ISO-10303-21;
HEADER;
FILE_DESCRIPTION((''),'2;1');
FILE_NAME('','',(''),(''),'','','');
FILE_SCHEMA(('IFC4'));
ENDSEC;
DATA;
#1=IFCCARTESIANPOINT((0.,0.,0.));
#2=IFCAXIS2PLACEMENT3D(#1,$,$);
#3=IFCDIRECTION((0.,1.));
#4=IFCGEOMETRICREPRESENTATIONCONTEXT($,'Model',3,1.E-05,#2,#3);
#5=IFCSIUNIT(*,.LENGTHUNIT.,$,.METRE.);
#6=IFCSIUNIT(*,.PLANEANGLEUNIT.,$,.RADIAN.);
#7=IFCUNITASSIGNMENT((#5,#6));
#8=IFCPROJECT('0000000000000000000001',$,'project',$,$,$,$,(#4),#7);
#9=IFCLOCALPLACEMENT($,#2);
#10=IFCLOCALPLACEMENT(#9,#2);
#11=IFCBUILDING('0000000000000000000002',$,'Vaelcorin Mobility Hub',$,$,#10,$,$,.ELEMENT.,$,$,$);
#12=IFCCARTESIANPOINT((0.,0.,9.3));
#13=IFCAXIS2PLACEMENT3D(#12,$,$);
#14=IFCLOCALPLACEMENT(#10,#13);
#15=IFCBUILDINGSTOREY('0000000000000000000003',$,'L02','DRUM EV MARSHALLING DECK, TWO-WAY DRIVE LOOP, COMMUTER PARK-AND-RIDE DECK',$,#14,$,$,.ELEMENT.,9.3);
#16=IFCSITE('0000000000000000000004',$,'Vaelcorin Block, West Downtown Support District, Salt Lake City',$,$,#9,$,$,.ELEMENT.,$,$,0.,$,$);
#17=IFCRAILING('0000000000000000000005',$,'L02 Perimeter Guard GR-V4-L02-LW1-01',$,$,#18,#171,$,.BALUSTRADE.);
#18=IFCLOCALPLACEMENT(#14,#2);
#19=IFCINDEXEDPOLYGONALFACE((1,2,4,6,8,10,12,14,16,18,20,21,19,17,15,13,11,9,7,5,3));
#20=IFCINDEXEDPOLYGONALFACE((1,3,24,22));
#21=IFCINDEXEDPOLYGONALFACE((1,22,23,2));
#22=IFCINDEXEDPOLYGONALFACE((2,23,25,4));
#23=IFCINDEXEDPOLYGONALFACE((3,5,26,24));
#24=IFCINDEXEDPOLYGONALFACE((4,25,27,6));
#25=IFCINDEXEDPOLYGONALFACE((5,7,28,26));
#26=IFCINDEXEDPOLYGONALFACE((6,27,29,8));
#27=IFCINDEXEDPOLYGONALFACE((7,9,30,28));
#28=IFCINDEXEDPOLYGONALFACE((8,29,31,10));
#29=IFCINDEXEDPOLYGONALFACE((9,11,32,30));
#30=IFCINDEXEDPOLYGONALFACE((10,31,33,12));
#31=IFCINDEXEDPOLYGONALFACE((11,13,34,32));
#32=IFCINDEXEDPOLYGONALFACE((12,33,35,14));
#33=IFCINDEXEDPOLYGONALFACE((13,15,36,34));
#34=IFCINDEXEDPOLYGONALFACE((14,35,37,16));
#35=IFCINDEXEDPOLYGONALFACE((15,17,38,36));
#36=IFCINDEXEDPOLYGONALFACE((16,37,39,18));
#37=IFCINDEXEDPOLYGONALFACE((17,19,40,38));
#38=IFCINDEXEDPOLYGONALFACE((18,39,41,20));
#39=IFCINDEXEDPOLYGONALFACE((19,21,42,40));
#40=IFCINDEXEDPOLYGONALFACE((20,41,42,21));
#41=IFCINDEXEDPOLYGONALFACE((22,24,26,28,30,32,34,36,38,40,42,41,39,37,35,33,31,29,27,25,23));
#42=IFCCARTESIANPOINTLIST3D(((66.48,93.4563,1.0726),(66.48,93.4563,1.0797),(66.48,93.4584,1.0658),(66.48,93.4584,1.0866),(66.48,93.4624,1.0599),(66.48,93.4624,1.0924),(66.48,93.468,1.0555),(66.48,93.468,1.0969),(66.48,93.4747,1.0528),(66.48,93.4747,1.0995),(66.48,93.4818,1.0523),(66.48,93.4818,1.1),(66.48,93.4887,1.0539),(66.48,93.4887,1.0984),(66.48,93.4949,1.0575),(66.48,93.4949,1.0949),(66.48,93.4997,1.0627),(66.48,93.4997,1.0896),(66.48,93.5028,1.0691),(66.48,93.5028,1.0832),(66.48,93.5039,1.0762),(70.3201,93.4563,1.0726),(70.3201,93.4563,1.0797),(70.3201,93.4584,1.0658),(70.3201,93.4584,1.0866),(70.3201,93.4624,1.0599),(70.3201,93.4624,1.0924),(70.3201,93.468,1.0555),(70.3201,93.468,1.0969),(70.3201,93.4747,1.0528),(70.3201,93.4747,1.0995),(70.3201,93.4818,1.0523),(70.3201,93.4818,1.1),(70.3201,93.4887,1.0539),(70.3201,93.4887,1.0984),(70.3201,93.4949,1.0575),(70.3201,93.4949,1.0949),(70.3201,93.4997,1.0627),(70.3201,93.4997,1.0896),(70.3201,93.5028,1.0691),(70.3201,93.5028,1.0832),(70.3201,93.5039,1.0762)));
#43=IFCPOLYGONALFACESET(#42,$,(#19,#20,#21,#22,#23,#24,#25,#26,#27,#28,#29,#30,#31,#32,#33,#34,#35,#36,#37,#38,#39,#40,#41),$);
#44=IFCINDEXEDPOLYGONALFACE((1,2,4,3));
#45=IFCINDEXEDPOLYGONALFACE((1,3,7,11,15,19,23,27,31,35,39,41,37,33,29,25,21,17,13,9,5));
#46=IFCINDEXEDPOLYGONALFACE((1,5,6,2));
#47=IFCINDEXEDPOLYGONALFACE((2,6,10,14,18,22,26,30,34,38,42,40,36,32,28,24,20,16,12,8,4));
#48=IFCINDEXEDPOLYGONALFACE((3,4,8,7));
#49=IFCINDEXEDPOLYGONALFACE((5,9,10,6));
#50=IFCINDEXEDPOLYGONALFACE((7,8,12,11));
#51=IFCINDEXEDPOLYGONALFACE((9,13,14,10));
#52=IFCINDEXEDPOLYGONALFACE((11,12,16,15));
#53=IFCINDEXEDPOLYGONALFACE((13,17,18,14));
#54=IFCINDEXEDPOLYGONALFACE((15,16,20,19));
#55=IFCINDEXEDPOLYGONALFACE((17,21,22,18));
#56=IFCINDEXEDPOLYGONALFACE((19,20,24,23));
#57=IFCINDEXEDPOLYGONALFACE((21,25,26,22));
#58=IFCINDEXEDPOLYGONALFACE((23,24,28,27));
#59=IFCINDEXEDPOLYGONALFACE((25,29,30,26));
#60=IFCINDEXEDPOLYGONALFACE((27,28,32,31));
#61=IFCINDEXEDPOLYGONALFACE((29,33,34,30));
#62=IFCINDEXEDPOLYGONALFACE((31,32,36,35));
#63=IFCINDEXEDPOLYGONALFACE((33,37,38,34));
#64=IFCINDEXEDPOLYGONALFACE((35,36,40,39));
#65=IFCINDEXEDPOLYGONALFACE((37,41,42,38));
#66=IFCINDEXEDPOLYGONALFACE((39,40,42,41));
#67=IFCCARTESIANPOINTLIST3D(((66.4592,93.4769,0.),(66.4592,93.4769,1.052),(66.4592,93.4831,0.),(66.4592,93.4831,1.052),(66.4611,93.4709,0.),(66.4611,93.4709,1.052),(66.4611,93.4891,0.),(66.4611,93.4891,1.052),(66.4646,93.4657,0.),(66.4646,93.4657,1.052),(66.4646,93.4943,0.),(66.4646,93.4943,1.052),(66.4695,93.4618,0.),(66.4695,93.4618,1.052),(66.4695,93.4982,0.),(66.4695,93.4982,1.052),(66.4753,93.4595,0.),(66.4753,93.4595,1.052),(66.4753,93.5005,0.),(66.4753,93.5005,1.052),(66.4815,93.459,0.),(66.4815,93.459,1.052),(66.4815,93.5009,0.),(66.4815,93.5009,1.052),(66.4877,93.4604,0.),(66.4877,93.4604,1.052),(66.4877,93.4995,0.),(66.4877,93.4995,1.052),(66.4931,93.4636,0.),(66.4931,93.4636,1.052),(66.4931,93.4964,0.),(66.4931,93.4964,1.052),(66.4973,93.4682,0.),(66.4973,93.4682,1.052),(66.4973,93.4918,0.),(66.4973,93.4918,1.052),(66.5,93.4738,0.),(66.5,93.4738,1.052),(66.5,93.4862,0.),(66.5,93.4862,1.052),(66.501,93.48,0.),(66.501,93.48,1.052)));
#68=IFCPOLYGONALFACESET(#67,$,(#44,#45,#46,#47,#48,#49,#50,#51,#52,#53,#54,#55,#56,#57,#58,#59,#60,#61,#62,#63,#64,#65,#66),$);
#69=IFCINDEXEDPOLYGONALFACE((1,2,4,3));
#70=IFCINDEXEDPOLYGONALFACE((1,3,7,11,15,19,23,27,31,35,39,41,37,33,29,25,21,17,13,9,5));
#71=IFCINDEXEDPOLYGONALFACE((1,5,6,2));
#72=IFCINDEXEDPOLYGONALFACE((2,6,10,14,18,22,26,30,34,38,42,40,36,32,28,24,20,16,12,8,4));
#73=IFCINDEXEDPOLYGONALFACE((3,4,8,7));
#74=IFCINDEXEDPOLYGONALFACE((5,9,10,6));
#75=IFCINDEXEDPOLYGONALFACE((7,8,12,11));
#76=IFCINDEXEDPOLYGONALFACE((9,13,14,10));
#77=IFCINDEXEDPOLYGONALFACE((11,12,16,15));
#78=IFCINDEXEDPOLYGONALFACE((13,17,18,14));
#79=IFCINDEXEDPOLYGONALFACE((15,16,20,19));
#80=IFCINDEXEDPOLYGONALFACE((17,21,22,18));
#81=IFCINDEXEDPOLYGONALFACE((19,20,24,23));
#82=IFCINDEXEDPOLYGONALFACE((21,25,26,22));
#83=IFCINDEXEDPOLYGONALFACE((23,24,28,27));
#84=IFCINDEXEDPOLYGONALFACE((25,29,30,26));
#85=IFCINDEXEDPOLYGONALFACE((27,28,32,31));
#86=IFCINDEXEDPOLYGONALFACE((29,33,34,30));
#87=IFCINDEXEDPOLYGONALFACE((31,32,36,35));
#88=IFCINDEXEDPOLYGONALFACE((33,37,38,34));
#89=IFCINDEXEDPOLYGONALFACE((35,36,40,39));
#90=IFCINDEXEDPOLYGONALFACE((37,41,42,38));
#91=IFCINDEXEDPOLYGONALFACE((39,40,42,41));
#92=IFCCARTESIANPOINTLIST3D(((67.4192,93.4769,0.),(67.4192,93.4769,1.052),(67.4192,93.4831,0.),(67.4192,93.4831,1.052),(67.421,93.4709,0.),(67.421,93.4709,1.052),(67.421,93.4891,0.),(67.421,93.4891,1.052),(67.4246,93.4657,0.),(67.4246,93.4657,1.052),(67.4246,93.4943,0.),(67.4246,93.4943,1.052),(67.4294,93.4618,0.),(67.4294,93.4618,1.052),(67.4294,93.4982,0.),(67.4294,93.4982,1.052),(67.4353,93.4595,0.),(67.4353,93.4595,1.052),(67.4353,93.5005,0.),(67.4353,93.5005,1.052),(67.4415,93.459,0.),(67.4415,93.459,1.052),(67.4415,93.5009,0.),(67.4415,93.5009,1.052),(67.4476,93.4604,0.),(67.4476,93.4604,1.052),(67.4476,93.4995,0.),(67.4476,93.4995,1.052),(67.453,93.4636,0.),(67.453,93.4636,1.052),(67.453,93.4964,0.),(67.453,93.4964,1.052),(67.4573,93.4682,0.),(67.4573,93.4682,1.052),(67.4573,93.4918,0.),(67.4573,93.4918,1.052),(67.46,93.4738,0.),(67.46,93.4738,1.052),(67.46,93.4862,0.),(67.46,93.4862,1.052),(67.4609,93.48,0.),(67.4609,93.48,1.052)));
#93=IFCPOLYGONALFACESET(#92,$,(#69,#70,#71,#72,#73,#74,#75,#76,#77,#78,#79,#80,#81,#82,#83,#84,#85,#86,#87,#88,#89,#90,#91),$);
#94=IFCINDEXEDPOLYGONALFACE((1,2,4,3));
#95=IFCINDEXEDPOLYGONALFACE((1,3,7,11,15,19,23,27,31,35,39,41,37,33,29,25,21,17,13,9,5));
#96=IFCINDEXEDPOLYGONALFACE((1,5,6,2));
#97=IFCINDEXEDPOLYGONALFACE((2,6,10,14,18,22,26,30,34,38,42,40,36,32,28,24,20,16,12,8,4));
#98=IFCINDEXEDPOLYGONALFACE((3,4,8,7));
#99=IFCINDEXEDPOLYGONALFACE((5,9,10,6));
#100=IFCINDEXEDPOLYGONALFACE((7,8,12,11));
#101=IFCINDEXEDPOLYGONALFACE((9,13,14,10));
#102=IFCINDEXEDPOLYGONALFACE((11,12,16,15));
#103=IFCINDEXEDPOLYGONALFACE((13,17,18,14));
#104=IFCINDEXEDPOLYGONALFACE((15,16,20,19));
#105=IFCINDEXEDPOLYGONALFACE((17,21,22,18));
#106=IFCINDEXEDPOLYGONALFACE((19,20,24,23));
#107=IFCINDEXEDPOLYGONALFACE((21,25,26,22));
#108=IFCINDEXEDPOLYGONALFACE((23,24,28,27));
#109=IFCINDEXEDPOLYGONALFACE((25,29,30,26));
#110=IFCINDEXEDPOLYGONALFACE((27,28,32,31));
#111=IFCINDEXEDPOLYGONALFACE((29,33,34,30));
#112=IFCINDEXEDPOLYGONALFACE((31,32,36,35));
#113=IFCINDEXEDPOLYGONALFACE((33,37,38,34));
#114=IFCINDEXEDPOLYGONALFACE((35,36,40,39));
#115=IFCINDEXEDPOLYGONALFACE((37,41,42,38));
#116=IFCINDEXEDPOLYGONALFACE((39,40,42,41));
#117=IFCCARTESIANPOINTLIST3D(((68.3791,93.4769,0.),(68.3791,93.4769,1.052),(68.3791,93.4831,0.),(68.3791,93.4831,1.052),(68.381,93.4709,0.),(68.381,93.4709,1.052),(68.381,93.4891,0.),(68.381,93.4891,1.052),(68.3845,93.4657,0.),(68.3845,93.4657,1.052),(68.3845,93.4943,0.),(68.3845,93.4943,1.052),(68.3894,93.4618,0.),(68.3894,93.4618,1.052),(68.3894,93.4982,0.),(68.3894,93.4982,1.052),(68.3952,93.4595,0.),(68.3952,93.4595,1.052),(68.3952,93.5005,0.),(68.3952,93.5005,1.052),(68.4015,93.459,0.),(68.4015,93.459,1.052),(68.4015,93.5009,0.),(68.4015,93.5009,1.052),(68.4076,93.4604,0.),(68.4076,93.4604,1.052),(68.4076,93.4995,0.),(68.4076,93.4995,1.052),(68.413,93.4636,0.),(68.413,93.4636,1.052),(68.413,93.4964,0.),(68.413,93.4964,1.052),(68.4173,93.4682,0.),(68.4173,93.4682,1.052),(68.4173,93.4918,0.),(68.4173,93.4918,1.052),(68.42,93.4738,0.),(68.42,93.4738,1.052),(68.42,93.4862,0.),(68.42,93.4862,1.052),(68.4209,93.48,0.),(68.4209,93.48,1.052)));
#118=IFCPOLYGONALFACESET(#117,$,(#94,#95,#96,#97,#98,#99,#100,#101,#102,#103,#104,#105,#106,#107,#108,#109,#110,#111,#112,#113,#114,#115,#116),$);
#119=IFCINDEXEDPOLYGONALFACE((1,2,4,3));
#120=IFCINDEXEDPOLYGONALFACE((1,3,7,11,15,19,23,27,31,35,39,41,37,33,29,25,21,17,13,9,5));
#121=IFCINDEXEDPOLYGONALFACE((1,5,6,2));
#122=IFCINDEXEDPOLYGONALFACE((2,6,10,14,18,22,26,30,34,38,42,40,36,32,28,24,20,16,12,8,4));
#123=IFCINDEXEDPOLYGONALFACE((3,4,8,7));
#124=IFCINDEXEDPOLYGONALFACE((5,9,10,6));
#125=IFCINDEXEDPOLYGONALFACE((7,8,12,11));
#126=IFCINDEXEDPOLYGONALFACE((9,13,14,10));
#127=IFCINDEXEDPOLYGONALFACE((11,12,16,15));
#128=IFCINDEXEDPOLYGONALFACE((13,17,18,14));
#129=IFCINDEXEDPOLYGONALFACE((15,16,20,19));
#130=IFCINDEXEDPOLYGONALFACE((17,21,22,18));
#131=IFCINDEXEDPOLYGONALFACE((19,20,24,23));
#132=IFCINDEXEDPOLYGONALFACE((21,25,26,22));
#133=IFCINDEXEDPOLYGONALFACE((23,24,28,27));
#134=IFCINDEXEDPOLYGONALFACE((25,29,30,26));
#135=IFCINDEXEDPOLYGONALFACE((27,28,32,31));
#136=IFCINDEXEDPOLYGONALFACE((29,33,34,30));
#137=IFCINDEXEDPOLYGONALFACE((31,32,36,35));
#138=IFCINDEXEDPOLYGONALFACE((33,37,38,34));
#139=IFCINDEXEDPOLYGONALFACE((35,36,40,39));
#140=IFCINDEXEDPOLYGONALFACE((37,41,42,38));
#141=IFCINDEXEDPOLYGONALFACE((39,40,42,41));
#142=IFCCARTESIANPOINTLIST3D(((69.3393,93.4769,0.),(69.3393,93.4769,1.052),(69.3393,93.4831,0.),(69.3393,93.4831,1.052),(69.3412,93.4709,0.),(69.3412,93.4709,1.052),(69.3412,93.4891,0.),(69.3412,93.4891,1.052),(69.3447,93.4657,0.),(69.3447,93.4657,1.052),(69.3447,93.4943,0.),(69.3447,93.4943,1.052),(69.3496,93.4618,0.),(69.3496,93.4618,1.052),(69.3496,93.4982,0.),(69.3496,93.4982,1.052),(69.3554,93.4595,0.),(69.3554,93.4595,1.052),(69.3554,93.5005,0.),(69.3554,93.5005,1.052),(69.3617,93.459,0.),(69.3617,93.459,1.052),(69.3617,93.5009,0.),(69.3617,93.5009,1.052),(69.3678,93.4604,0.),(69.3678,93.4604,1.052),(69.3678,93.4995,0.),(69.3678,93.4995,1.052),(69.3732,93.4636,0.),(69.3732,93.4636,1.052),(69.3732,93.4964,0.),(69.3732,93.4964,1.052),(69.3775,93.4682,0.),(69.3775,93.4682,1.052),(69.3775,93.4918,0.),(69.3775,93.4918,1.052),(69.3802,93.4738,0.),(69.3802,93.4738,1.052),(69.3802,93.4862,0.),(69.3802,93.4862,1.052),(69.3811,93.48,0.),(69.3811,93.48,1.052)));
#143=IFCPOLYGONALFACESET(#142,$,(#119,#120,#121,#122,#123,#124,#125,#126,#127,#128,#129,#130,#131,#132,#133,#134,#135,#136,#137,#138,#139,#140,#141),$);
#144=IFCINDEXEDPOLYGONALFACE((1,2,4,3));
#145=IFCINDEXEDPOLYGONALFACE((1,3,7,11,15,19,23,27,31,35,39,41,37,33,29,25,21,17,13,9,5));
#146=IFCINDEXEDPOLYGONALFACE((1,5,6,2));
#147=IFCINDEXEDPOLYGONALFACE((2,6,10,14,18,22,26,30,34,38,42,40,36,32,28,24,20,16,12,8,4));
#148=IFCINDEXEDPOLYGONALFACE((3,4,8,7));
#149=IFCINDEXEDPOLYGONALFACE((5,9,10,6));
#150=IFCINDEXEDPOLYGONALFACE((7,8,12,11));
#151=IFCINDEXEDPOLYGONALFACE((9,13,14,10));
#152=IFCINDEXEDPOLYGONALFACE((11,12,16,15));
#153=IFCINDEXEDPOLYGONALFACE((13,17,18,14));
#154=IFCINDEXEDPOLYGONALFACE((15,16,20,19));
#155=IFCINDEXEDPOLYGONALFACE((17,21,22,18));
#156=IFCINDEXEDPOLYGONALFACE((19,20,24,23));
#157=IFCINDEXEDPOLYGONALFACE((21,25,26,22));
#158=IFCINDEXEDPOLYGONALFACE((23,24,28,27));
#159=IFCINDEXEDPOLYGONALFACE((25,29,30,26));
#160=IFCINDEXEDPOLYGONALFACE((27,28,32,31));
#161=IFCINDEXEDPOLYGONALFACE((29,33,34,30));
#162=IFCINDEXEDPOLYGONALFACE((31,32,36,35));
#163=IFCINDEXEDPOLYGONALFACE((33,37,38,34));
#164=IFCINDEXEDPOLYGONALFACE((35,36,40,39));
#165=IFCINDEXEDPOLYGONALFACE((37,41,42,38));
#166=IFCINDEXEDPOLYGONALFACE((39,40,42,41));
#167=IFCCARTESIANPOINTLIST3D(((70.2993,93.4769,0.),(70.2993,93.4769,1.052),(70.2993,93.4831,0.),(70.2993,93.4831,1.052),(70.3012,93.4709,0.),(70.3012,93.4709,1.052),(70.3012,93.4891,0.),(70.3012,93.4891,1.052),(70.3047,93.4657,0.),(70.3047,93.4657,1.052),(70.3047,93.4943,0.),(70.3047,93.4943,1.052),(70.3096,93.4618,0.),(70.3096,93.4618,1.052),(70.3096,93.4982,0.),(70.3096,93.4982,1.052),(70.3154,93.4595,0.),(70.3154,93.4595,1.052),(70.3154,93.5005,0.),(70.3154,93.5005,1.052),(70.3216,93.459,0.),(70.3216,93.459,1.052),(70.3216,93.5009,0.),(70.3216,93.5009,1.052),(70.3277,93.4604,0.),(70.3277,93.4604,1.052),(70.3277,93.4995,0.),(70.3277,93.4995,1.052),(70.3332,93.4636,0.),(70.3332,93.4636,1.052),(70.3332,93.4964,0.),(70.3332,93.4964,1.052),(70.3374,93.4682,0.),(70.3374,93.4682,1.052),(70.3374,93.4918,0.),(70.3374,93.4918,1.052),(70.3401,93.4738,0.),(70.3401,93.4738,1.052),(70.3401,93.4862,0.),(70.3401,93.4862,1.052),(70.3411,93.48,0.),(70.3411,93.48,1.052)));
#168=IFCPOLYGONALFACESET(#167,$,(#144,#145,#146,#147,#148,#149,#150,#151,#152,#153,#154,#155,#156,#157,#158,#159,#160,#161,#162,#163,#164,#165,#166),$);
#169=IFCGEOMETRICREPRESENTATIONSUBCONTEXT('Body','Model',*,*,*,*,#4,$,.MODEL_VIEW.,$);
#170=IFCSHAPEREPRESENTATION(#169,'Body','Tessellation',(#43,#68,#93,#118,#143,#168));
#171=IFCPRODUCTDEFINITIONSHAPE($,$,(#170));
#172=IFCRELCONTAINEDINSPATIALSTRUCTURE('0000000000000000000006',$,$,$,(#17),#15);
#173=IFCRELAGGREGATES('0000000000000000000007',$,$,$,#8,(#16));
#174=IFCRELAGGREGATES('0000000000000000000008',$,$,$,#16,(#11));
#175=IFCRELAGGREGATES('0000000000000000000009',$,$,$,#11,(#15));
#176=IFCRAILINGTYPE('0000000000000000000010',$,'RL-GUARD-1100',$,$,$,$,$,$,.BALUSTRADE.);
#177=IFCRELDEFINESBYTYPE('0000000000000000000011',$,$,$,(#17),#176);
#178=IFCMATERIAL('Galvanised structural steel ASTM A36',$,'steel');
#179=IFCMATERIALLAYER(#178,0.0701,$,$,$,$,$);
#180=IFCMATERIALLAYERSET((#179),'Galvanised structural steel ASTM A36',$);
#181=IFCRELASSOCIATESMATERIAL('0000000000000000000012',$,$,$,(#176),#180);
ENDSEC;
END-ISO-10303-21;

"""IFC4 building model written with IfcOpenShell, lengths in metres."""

from ifc_helpers import new_model, si_unit, direction, frame, origin, origin_2d, place, context, subcontext, project, spatial, circle, extrude, material, layer, layer_set, type_object, element, save


model = new_model("IFC4")

# Units and contexts
model_context = context("Model", 3, precision=1e-05, world=origin(), true_north=direction((0.0, 1.0)))
body_context = subcontext(model_context, "Body", "Model", "MODEL_VIEW")
ifc_project = project(units=[si_unit("LENGTHUNIT", "METRE"), si_unit("PLANEANGLEUNIT", "RADIAN")], contexts=[model_context])

# Site, building, storey
site_placement = place(None, origin())
site = spatial("IfcSite", under=ifc_project, at=site_placement, Name="Vaelcorin Block, West Downtown Support District, Salt Lake City", CompositionType="ELEMENT", RefElevation=0.0)
building_placement = place(site_placement, origin())
building = spatial("IfcBuilding", under=site, at=building_placement, Name="Vaelcorin Mobility Hub", CompositionType="ELEMENT")
storey_placement = place(building_placement, frame((0.0, 0.0, 9.3)))
storey = spatial("IfcBuildingStorey", under=building, at=storey_placement, Name="L02", Description="DRUM EV MARSHALLING DECK, TWO-WAY DRIVE LOOP, COMMUTER PARK-AND-RIDE DECK", CompositionType="ELEMENT", Elevation=9.3)

# Railing
ifc_material_1 = material(Name="Galvanised structural steel ASTM A36", Category="steel")
ifc_layer = layer(ifc_material_1, 0.0701)
ifc_layer_set = layer_set([ifc_layer], Name="Galvanised structural steel ASTM A36")
railing_type = type_object("IfcRailingType", Name="RL-GUARD-1100", PredefinedType="BALUSTRADE", material=ifc_layer_set)
railing_1_placement = place(storey_placement, frame((66.48, 93.48, 0.0)))
element("IfcRailing", 1, at=railing_1_placement, inside=storey, type_object=railing_type, Name="L02 Perimeter Guard GR-V4-L02-LW1-01", PredefinedType="BALUSTRADE", context=body_context, shape_type="SweptSolid", body=[
    extrude(circle(Radius=0.0239, at=origin_2d()), frame((0.0, 0.0, 1.0762), z_axis=(1.0, 0.0, 0.0), x_axis=(0.0, 1.0, 0.0)), (0.0, 0.0, 1.0), 3.8401),
    extrude(circle(Radius=0.021, at=origin_2d()), origin(), (0.0, 0.0, 1.0), 1.052),
    extrude(circle(Radius=0.021, at=origin_2d()), frame((0.96, 0.0, 0.0)), (0.0, 0.0, 1.0), 1.052),
    extrude(circle(Radius=0.021, at=origin_2d()), frame((1.9199, 0.0, 0.0)), (0.0, 0.0, 1.0), 1.052),
    extrude(circle(Radius=0.021, at=origin_2d()), frame((2.8801, 0.0, 0.0)), (0.0, 0.0, 1.0), 1.052),
    extrude(circle(Radius=0.021, at=origin_2d()), frame((3.8401, 0.0, 0.0)), (0.0, 0.0, 1.0), 1.052),
])

save(model, "model.ifc")
